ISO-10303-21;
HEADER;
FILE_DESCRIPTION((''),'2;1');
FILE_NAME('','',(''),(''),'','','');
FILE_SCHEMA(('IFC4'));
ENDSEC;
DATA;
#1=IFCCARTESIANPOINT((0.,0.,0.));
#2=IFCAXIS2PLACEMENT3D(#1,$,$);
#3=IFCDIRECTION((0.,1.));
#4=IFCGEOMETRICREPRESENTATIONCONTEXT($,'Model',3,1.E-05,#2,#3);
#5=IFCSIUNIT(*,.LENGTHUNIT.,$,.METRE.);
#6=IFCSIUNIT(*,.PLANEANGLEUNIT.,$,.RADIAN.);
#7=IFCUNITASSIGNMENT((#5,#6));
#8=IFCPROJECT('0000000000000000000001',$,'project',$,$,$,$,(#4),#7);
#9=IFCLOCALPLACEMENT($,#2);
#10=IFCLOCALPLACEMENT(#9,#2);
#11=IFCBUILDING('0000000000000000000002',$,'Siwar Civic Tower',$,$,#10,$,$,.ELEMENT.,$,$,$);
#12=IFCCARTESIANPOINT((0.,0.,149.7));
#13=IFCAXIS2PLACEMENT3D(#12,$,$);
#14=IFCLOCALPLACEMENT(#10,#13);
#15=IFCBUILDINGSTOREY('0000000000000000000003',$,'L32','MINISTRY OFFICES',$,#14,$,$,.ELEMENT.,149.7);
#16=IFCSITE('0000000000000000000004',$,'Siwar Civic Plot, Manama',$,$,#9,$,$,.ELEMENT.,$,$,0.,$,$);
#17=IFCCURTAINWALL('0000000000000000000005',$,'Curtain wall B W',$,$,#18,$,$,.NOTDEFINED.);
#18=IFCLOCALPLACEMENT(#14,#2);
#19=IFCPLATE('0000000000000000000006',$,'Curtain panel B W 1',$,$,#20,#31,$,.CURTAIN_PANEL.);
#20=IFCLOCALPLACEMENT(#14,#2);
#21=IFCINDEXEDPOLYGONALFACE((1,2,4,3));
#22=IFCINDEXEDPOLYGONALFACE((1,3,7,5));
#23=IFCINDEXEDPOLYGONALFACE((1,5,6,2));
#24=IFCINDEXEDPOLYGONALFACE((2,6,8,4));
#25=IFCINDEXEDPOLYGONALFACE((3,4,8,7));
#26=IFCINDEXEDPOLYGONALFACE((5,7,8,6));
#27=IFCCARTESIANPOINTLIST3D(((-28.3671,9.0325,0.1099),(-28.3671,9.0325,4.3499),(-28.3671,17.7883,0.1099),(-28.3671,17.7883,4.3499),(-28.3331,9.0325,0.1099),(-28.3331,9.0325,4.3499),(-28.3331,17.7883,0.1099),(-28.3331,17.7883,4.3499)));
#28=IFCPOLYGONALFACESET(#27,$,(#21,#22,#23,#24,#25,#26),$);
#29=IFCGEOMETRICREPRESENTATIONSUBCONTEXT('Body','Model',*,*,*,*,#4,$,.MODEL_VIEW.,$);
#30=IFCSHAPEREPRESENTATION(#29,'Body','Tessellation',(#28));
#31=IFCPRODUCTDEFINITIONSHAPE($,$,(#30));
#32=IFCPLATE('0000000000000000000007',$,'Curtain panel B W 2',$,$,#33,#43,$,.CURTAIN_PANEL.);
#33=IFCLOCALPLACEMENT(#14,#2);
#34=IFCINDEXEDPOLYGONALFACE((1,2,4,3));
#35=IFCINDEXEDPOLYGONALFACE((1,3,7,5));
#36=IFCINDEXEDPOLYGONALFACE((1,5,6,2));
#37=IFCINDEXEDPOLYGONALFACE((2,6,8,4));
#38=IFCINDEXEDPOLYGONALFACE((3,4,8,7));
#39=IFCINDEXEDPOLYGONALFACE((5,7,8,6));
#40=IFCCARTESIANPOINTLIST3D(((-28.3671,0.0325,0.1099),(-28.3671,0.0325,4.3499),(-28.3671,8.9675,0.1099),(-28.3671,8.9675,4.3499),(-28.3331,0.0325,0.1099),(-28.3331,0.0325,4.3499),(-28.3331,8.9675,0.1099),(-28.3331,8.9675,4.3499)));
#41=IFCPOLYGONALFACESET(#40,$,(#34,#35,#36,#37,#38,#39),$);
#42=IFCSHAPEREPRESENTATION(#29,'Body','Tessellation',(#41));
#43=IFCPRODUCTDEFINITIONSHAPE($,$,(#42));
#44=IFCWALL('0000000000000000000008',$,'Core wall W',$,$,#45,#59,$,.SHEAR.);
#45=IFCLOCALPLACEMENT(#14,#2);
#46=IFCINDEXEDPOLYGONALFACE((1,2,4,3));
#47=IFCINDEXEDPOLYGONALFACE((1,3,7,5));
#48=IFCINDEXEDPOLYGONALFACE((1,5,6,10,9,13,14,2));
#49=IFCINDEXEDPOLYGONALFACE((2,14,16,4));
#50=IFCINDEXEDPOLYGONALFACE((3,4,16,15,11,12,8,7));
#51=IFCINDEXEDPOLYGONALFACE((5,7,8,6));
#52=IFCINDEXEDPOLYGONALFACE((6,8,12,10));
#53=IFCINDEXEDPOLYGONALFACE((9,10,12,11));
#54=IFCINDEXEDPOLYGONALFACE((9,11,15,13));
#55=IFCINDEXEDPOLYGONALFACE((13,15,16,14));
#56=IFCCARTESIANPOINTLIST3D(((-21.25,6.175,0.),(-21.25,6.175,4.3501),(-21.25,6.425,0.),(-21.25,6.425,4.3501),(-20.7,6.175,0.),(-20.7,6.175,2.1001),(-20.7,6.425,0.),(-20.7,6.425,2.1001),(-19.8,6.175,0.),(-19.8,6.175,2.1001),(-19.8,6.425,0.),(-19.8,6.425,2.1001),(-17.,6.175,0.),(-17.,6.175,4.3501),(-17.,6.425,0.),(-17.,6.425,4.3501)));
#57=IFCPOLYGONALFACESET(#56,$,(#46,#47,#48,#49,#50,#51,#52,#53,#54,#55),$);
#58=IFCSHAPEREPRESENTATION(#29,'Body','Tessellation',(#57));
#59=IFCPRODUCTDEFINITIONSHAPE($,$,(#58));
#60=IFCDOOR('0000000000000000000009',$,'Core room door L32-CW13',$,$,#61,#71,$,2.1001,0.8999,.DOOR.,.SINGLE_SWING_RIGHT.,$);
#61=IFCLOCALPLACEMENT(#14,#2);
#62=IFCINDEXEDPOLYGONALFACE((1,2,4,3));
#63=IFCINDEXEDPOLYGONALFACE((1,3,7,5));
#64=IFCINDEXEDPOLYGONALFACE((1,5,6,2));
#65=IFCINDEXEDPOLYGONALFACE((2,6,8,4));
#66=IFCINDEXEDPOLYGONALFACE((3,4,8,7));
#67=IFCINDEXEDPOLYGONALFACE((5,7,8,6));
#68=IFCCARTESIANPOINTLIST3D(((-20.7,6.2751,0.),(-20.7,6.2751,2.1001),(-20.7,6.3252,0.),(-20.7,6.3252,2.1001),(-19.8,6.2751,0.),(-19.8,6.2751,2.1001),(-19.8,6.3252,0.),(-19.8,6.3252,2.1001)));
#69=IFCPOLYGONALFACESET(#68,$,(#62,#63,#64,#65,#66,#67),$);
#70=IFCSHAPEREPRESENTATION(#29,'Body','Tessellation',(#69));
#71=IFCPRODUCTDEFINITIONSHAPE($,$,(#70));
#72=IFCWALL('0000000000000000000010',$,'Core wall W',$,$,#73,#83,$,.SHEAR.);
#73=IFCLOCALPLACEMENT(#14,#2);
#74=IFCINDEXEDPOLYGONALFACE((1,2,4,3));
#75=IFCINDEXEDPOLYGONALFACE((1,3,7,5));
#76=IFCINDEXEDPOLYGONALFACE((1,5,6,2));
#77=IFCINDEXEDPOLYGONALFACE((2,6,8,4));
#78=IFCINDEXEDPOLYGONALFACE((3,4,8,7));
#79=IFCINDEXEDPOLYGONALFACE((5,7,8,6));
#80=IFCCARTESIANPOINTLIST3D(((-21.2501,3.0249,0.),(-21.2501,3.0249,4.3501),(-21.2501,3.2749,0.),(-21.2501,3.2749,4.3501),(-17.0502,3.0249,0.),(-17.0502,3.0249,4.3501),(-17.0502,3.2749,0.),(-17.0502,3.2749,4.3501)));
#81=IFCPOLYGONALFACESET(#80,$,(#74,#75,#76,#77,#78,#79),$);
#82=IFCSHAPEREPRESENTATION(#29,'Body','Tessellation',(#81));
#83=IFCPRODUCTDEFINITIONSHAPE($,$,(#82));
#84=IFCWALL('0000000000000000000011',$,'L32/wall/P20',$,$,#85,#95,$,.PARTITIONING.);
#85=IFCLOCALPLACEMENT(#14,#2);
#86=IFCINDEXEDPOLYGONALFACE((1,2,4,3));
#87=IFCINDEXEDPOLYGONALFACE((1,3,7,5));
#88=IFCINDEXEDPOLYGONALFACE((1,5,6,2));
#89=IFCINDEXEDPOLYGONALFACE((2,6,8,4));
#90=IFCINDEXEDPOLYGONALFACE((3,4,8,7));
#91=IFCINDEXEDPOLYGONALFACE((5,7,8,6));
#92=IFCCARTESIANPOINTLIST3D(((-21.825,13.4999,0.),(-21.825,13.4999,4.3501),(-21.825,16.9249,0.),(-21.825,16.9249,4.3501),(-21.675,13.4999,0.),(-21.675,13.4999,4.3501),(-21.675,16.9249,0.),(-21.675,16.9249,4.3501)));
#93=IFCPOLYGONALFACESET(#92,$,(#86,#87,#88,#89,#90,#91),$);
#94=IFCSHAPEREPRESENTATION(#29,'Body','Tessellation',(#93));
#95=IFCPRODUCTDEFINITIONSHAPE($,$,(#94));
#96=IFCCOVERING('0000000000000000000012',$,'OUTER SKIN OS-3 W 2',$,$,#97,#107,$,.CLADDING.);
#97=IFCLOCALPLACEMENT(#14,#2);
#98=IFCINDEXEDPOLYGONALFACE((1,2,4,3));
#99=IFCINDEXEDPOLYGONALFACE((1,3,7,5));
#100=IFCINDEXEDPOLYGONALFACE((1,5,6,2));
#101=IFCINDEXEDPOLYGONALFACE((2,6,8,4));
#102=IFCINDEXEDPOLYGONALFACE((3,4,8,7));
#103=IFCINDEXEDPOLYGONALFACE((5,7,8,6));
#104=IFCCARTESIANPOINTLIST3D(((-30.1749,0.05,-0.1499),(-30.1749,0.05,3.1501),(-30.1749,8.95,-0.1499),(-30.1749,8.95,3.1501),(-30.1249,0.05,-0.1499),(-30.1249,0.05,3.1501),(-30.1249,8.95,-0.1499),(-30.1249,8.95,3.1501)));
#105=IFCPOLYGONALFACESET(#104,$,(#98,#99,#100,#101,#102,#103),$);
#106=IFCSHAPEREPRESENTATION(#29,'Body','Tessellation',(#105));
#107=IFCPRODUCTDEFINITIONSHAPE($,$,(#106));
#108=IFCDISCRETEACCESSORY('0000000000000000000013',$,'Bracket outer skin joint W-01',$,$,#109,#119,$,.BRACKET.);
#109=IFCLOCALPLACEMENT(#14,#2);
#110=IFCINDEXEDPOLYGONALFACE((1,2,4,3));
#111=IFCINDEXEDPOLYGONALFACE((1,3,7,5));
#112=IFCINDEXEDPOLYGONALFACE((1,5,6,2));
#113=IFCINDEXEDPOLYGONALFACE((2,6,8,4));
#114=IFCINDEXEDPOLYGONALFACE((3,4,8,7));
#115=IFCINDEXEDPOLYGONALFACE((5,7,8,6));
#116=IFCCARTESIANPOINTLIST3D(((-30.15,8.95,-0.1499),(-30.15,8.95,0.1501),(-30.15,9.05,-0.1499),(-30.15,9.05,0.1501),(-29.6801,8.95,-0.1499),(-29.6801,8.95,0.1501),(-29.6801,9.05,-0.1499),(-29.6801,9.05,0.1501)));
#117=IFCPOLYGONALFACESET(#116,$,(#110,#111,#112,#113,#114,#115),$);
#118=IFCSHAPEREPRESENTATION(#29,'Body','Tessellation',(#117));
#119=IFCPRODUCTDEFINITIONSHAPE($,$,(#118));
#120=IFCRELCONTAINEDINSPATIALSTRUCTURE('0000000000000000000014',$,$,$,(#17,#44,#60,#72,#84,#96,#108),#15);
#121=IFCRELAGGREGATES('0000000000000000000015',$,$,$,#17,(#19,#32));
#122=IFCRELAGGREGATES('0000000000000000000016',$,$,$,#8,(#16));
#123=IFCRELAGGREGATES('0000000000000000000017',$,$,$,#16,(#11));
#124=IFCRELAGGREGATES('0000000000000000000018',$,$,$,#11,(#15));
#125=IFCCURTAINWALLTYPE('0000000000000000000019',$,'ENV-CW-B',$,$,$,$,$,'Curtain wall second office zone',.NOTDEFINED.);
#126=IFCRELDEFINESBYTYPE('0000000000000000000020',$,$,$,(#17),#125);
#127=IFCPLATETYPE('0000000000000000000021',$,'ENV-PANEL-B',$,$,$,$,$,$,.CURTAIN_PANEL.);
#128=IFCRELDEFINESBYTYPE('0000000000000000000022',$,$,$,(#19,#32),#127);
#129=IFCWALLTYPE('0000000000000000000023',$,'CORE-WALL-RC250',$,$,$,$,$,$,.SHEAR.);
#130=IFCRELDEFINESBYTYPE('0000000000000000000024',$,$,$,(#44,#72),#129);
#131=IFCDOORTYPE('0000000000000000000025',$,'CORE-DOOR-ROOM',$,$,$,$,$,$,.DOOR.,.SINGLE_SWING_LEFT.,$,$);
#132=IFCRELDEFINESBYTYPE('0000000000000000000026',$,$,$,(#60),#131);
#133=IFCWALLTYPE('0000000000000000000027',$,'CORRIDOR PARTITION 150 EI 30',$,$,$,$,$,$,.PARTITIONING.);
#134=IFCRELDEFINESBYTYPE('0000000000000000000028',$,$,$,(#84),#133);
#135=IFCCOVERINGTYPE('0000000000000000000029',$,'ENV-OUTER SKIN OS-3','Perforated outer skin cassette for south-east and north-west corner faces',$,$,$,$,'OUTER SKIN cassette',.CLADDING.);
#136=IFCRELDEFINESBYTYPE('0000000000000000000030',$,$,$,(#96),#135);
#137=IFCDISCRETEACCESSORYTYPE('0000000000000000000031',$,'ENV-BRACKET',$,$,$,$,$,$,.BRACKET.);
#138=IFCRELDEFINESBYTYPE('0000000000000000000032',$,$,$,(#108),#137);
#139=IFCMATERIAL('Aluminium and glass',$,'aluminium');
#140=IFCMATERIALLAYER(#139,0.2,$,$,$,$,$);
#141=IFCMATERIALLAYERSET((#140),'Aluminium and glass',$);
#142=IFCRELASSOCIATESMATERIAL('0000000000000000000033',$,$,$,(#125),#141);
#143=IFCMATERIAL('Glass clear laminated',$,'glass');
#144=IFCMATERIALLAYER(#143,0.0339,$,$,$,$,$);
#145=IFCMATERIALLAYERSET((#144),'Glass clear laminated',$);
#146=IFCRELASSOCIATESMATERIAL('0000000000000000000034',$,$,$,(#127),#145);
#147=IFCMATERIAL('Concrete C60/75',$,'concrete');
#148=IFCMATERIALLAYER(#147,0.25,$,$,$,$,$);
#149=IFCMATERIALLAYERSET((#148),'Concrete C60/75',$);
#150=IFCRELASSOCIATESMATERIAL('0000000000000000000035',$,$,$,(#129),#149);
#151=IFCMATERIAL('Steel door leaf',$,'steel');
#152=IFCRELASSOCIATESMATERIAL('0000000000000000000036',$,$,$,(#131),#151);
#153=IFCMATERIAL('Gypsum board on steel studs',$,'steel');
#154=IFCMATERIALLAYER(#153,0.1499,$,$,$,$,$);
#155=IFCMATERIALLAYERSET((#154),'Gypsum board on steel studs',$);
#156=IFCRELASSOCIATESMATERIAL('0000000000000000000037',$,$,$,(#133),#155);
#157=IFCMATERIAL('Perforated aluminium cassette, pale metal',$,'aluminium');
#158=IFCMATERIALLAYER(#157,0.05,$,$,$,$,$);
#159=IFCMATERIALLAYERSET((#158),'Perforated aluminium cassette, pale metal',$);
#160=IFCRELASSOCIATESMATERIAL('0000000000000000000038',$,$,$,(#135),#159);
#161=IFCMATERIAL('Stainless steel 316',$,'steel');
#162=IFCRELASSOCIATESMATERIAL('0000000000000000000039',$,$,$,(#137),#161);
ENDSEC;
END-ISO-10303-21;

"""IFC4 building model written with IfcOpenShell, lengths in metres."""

from ifc_helpers import new_model, si_unit, direction, frame, frame_2d, origin, origin_2d, place, context, subcontext, project, spatial, rectangle, extrude, material, layer, layer_set, type_object, element, fill, aggregate, save


model = new_model("IFC4")

# Units and contexts
model_context = context("Model", 3, precision=1e-05, world=origin(), true_north=direction((0.0, 1.0)))
body_context = subcontext(model_context, "Body", "Model", "MODEL_VIEW")
ifc_project = project(units=[si_unit("LENGTHUNIT", "METRE"), si_unit("PLANEANGLEUNIT", "RADIAN")], contexts=[model_context])

# Site, building, storey
site_placement = place(None, origin())
site = spatial("IfcSite", under=ifc_project, at=site_placement, Name="Siwar Civic Plot, Manama", CompositionType="ELEMENT", RefElevation=0.0)
building_placement = place(site_placement, origin())
building = spatial("IfcBuilding", under=site, at=building_placement, Name="Siwar Civic Tower", CompositionType="ELEMENT")
storey_placement = place(building_placement, frame((0.0, 0.0, 149.7)))
storey = spatial("IfcBuildingStorey", under=building, at=storey_placement, Name="L32", Description="MINISTRY OFFICES", CompositionType="ELEMENT", Elevation=149.7)

# Curtain wall
ifc_material_1 = material(Name="Aluminium and glass", Category="aluminium")
ifc_layer_1 = layer(ifc_material_1, 0.2)
ifc_layer_set_1 = layer_set([ifc_layer_1], Name="Aluminium and glass")
curtain_wall_type = type_object("IfcCurtainWallType", Name="ENV-CW-B", ElementType="Curtain wall second office zone", PredefinedType="NOTDEFINED", material=ifc_layer_set_1)
curtain_wall_placement = place(storey_placement, origin())
curtain_wall = element("IfcCurtainWall", 1, at=curtain_wall_placement, inside=storey, type_object=curtain_wall_type, Name="Curtain wall B W", PredefinedType="NOTDEFINED")

# Plates
ifc_material_2 = material(Name="Glass clear laminated", Category="glass")
ifc_layer_2 = layer(ifc_material_2, 0.0339)
ifc_layer_set_2 = layer_set([ifc_layer_2], Name="Glass clear laminated")
plate_type = type_object("IfcPlateType", Name="ENV-PANEL-B", PredefinedType="CURTAIN_PANEL", material=ifc_layer_set_2)
plate_1_placement = place(storey_placement, frame((-28.3501, 13.4104, 0.1099), z_axis=(0.0, 0.0, 1.0), x_axis=(0.0, -1.0, 0.0)))
plate_1 = element("IfcPlate", 2, at=plate_1_placement, type_object=plate_type, Name="Curtain panel B W 1", PredefinedType="CURTAIN_PANEL", context=body_context, shape_type="SweptSolid", body=[
    extrude(rectangle(XDim=8.7559, YDim=0.0339, at=origin_2d()), origin(), (0.0, 0.0, 1.0), 4.24),
])
plate_2_placement = place(storey_placement, frame((-28.3501, 4.5, 0.1099), z_axis=(0.0, 0.0, 1.0), x_axis=(0.0, -1.0, 0.0)))
plate_2 = element("IfcPlate", 3, at=plate_2_placement, type_object=plate_type, Name="Curtain panel B W 2", PredefinedType="CURTAIN_PANEL", context=body_context, shape_type="SweptSolid", body=[
    extrude(rectangle(XDim=8.9351, YDim=0.0339, at=origin_2d()), origin(), (0.0, 0.0, 1.0), 4.24),
])
aggregate(curtain_wall, [plate_1, plate_2])

# Wall, opening, door
ifc_material_3 = material(Name="Concrete C60/75", Category="concrete")
ifc_layer_3 = layer(ifc_material_3, 0.25)
ifc_layer_set_3 = layer_set([ifc_layer_3], Name="Concrete C60/75")
wall_type_1 = type_object("IfcWallType", Name="CORE-WALL-RC250", PredefinedType="SHEAR", material=ifc_layer_set_3)
wall_1_placement = place(storey_placement, frame((-17.0, 6.3, 0.0), z_axis=(0.0, 0.0, 1.0), x_axis=(-1.0, 0.0, 0.0)))
wall_1 = element("IfcWall", 4, at=wall_1_placement, inside=storey, type_object=wall_type_1, Name="Core wall W", PredefinedType="SHEAR", context=body_context, shape_type="SweptSolid", body=[
    extrude(rectangle(XDim=4.25, YDim=0.25, at=frame_2d((2.125, 0.0))), origin(), (0.0, 0.0, 1.0), 4.3501),
])
opening_placement = place(wall_1_placement, frame((2.8, 0.0, 0.0)))
opening = element("IfcOpeningElement", 5, at=opening_placement, cuts=wall_1, PredefinedType="OPENING", context=body_context, shape_type="SweptSolid", body=[
    extrude(rectangle(XDim=0.8999, YDim=2.1001, at=frame_2d((0.45, 1.05))), frame((0.0, 0.135, 0.0), z_axis=(0.0, -1.0, 0.0), x_axis=(1.0, 0.0, 0.0)), (0.0, 0.0, 1.0), 0.27),
])
ifc_material_4 = material(Name="Steel door leaf", Category="steel")
door_type = type_object("IfcDoorType", Name="CORE-DOOR-ROOM", OperationType="SINGLE_SWING_LEFT", PredefinedType="DOOR", material=ifc_material_4)
door_placement = place(opening_placement, origin())
door = element("IfcDoor", 6, at=door_placement, inside=storey, type_object=door_type, Name="Core room door L32-CW13", OperationType="SINGLE_SWING_RIGHT", OverallHeight=2.1001, OverallWidth=0.8999, PredefinedType="DOOR", context=body_context, shape_type="SweptSolid", body=[
    extrude(rectangle(XDim=0.8999, YDim=2.1001, at=frame_2d((0.45, 1.05))), frame((0.0, 0.0249, 0.0), z_axis=(0.0, -1.0, 0.0), x_axis=(1.0, 0.0, 0.0)), (0.0, 0.0, 1.0), 0.05),
])
fill(opening, door)

# Walls
wall_2_placement = place(storey_placement, frame((-17.05, 3.1499, 0.0), z_axis=(0.0, 0.0, 1.0), x_axis=(-1.0, 0.0, 0.0)))
element("IfcWall", 7, at=wall_2_placement, inside=storey, type_object=wall_type_1, Name="Core wall W", PredefinedType="SHEAR", context=body_context, shape_type="SweptSolid", body=[
    extrude(rectangle(XDim=4.2, YDim=0.25, at=frame_2d((2.1001, 0.0))), origin(), (0.0, 0.0, 1.0), 4.3501),
])
ifc_material_5 = material(Name="Gypsum board on steel studs", Category="steel")
ifc_layer_4 = layer(ifc_material_5, 0.1499)
ifc_layer_set_4 = layer_set([ifc_layer_4], Name="Gypsum board on steel studs")
wall_type_2 = type_object("IfcWallType", Name="CORRIDOR PARTITION 150 EI 30", PredefinedType="PARTITIONING", material=ifc_layer_set_4)
wall_3_placement = place(storey_placement, frame((-21.75, 13.5, 0.0), z_axis=(0.0, 0.0, 1.0), x_axis=(0.0, 1.0, 0.0)))
element("IfcWall", 8, at=wall_3_placement, inside=storey, type_object=wall_type_2, Name="L32/wall/P20", PredefinedType="PARTITIONING", context=body_context, shape_type="SweptSolid", body=[
    extrude(rectangle(XDim=3.425, YDim=0.1499, at=frame_2d((1.7124, 0.0))), origin(), (0.0, 0.0, 1.0), 4.3501),
])

# Covering
ifc_material_6 = material(Name="Perforated aluminium cassette, pale metal", Category="aluminium")
ifc_layer_5 = layer(ifc_material_6, 0.05)
ifc_layer_set_5 = layer_set([ifc_layer_5], Name="Perforated aluminium cassette, pale metal")
covering_type = type_object("IfcCoveringType", Name="ENV-OUTER SKIN OS-3", Description="Perforated outer skin cassette for south-east and north-west corner faces", ElementType="OUTER SKIN cassette", PredefinedType="CLADDING", material=ifc_layer_set_5)
covering_placement = place(storey_placement, frame((-30.1499, 4.5, -0.1499), z_axis=(0.0, 0.0, 1.0), x_axis=(0.0, -1.0, 0.0)))
element("IfcCovering", 9, at=covering_placement, inside=storey, type_object=covering_type, Name="OUTER SKIN OS-3 W 2", PredefinedType="CLADDING", context=body_context, shape_type="SweptSolid", body=[
    extrude(rectangle(XDim=8.8999, YDim=0.05, at=origin_2d()), origin(), (0.0, 0.0, 1.0), 3.3),
])

# Discrete accessory
ifc_material_7 = material(Name="Stainless steel 316", Category="steel")
discrete_accessory_type = type_object("IfcDiscreteAccessoryType", Name="ENV-BRACKET", PredefinedType="BRACKET", material=ifc_material_7)
discrete_accessory_placement = place(storey_placement, frame((-29.915, 9.0, -0.1499), z_axis=(0.0, 0.0, 1.0), x_axis=(-1.0, 0.0, 0.0)))
element("IfcDiscreteAccessory", 10, at=discrete_accessory_placement, inside=storey, type_object=discrete_accessory_type, Name="Bracket outer skin joint W-01", PredefinedType="BRACKET", context=body_context, shape_type="SweptSolid", body=[
    extrude(rectangle(XDim=0.47, YDim=0.1001, at=origin_2d()), origin(), (0.0, 0.0, 1.0), 0.3),
])

save(model, "model.ifc")
